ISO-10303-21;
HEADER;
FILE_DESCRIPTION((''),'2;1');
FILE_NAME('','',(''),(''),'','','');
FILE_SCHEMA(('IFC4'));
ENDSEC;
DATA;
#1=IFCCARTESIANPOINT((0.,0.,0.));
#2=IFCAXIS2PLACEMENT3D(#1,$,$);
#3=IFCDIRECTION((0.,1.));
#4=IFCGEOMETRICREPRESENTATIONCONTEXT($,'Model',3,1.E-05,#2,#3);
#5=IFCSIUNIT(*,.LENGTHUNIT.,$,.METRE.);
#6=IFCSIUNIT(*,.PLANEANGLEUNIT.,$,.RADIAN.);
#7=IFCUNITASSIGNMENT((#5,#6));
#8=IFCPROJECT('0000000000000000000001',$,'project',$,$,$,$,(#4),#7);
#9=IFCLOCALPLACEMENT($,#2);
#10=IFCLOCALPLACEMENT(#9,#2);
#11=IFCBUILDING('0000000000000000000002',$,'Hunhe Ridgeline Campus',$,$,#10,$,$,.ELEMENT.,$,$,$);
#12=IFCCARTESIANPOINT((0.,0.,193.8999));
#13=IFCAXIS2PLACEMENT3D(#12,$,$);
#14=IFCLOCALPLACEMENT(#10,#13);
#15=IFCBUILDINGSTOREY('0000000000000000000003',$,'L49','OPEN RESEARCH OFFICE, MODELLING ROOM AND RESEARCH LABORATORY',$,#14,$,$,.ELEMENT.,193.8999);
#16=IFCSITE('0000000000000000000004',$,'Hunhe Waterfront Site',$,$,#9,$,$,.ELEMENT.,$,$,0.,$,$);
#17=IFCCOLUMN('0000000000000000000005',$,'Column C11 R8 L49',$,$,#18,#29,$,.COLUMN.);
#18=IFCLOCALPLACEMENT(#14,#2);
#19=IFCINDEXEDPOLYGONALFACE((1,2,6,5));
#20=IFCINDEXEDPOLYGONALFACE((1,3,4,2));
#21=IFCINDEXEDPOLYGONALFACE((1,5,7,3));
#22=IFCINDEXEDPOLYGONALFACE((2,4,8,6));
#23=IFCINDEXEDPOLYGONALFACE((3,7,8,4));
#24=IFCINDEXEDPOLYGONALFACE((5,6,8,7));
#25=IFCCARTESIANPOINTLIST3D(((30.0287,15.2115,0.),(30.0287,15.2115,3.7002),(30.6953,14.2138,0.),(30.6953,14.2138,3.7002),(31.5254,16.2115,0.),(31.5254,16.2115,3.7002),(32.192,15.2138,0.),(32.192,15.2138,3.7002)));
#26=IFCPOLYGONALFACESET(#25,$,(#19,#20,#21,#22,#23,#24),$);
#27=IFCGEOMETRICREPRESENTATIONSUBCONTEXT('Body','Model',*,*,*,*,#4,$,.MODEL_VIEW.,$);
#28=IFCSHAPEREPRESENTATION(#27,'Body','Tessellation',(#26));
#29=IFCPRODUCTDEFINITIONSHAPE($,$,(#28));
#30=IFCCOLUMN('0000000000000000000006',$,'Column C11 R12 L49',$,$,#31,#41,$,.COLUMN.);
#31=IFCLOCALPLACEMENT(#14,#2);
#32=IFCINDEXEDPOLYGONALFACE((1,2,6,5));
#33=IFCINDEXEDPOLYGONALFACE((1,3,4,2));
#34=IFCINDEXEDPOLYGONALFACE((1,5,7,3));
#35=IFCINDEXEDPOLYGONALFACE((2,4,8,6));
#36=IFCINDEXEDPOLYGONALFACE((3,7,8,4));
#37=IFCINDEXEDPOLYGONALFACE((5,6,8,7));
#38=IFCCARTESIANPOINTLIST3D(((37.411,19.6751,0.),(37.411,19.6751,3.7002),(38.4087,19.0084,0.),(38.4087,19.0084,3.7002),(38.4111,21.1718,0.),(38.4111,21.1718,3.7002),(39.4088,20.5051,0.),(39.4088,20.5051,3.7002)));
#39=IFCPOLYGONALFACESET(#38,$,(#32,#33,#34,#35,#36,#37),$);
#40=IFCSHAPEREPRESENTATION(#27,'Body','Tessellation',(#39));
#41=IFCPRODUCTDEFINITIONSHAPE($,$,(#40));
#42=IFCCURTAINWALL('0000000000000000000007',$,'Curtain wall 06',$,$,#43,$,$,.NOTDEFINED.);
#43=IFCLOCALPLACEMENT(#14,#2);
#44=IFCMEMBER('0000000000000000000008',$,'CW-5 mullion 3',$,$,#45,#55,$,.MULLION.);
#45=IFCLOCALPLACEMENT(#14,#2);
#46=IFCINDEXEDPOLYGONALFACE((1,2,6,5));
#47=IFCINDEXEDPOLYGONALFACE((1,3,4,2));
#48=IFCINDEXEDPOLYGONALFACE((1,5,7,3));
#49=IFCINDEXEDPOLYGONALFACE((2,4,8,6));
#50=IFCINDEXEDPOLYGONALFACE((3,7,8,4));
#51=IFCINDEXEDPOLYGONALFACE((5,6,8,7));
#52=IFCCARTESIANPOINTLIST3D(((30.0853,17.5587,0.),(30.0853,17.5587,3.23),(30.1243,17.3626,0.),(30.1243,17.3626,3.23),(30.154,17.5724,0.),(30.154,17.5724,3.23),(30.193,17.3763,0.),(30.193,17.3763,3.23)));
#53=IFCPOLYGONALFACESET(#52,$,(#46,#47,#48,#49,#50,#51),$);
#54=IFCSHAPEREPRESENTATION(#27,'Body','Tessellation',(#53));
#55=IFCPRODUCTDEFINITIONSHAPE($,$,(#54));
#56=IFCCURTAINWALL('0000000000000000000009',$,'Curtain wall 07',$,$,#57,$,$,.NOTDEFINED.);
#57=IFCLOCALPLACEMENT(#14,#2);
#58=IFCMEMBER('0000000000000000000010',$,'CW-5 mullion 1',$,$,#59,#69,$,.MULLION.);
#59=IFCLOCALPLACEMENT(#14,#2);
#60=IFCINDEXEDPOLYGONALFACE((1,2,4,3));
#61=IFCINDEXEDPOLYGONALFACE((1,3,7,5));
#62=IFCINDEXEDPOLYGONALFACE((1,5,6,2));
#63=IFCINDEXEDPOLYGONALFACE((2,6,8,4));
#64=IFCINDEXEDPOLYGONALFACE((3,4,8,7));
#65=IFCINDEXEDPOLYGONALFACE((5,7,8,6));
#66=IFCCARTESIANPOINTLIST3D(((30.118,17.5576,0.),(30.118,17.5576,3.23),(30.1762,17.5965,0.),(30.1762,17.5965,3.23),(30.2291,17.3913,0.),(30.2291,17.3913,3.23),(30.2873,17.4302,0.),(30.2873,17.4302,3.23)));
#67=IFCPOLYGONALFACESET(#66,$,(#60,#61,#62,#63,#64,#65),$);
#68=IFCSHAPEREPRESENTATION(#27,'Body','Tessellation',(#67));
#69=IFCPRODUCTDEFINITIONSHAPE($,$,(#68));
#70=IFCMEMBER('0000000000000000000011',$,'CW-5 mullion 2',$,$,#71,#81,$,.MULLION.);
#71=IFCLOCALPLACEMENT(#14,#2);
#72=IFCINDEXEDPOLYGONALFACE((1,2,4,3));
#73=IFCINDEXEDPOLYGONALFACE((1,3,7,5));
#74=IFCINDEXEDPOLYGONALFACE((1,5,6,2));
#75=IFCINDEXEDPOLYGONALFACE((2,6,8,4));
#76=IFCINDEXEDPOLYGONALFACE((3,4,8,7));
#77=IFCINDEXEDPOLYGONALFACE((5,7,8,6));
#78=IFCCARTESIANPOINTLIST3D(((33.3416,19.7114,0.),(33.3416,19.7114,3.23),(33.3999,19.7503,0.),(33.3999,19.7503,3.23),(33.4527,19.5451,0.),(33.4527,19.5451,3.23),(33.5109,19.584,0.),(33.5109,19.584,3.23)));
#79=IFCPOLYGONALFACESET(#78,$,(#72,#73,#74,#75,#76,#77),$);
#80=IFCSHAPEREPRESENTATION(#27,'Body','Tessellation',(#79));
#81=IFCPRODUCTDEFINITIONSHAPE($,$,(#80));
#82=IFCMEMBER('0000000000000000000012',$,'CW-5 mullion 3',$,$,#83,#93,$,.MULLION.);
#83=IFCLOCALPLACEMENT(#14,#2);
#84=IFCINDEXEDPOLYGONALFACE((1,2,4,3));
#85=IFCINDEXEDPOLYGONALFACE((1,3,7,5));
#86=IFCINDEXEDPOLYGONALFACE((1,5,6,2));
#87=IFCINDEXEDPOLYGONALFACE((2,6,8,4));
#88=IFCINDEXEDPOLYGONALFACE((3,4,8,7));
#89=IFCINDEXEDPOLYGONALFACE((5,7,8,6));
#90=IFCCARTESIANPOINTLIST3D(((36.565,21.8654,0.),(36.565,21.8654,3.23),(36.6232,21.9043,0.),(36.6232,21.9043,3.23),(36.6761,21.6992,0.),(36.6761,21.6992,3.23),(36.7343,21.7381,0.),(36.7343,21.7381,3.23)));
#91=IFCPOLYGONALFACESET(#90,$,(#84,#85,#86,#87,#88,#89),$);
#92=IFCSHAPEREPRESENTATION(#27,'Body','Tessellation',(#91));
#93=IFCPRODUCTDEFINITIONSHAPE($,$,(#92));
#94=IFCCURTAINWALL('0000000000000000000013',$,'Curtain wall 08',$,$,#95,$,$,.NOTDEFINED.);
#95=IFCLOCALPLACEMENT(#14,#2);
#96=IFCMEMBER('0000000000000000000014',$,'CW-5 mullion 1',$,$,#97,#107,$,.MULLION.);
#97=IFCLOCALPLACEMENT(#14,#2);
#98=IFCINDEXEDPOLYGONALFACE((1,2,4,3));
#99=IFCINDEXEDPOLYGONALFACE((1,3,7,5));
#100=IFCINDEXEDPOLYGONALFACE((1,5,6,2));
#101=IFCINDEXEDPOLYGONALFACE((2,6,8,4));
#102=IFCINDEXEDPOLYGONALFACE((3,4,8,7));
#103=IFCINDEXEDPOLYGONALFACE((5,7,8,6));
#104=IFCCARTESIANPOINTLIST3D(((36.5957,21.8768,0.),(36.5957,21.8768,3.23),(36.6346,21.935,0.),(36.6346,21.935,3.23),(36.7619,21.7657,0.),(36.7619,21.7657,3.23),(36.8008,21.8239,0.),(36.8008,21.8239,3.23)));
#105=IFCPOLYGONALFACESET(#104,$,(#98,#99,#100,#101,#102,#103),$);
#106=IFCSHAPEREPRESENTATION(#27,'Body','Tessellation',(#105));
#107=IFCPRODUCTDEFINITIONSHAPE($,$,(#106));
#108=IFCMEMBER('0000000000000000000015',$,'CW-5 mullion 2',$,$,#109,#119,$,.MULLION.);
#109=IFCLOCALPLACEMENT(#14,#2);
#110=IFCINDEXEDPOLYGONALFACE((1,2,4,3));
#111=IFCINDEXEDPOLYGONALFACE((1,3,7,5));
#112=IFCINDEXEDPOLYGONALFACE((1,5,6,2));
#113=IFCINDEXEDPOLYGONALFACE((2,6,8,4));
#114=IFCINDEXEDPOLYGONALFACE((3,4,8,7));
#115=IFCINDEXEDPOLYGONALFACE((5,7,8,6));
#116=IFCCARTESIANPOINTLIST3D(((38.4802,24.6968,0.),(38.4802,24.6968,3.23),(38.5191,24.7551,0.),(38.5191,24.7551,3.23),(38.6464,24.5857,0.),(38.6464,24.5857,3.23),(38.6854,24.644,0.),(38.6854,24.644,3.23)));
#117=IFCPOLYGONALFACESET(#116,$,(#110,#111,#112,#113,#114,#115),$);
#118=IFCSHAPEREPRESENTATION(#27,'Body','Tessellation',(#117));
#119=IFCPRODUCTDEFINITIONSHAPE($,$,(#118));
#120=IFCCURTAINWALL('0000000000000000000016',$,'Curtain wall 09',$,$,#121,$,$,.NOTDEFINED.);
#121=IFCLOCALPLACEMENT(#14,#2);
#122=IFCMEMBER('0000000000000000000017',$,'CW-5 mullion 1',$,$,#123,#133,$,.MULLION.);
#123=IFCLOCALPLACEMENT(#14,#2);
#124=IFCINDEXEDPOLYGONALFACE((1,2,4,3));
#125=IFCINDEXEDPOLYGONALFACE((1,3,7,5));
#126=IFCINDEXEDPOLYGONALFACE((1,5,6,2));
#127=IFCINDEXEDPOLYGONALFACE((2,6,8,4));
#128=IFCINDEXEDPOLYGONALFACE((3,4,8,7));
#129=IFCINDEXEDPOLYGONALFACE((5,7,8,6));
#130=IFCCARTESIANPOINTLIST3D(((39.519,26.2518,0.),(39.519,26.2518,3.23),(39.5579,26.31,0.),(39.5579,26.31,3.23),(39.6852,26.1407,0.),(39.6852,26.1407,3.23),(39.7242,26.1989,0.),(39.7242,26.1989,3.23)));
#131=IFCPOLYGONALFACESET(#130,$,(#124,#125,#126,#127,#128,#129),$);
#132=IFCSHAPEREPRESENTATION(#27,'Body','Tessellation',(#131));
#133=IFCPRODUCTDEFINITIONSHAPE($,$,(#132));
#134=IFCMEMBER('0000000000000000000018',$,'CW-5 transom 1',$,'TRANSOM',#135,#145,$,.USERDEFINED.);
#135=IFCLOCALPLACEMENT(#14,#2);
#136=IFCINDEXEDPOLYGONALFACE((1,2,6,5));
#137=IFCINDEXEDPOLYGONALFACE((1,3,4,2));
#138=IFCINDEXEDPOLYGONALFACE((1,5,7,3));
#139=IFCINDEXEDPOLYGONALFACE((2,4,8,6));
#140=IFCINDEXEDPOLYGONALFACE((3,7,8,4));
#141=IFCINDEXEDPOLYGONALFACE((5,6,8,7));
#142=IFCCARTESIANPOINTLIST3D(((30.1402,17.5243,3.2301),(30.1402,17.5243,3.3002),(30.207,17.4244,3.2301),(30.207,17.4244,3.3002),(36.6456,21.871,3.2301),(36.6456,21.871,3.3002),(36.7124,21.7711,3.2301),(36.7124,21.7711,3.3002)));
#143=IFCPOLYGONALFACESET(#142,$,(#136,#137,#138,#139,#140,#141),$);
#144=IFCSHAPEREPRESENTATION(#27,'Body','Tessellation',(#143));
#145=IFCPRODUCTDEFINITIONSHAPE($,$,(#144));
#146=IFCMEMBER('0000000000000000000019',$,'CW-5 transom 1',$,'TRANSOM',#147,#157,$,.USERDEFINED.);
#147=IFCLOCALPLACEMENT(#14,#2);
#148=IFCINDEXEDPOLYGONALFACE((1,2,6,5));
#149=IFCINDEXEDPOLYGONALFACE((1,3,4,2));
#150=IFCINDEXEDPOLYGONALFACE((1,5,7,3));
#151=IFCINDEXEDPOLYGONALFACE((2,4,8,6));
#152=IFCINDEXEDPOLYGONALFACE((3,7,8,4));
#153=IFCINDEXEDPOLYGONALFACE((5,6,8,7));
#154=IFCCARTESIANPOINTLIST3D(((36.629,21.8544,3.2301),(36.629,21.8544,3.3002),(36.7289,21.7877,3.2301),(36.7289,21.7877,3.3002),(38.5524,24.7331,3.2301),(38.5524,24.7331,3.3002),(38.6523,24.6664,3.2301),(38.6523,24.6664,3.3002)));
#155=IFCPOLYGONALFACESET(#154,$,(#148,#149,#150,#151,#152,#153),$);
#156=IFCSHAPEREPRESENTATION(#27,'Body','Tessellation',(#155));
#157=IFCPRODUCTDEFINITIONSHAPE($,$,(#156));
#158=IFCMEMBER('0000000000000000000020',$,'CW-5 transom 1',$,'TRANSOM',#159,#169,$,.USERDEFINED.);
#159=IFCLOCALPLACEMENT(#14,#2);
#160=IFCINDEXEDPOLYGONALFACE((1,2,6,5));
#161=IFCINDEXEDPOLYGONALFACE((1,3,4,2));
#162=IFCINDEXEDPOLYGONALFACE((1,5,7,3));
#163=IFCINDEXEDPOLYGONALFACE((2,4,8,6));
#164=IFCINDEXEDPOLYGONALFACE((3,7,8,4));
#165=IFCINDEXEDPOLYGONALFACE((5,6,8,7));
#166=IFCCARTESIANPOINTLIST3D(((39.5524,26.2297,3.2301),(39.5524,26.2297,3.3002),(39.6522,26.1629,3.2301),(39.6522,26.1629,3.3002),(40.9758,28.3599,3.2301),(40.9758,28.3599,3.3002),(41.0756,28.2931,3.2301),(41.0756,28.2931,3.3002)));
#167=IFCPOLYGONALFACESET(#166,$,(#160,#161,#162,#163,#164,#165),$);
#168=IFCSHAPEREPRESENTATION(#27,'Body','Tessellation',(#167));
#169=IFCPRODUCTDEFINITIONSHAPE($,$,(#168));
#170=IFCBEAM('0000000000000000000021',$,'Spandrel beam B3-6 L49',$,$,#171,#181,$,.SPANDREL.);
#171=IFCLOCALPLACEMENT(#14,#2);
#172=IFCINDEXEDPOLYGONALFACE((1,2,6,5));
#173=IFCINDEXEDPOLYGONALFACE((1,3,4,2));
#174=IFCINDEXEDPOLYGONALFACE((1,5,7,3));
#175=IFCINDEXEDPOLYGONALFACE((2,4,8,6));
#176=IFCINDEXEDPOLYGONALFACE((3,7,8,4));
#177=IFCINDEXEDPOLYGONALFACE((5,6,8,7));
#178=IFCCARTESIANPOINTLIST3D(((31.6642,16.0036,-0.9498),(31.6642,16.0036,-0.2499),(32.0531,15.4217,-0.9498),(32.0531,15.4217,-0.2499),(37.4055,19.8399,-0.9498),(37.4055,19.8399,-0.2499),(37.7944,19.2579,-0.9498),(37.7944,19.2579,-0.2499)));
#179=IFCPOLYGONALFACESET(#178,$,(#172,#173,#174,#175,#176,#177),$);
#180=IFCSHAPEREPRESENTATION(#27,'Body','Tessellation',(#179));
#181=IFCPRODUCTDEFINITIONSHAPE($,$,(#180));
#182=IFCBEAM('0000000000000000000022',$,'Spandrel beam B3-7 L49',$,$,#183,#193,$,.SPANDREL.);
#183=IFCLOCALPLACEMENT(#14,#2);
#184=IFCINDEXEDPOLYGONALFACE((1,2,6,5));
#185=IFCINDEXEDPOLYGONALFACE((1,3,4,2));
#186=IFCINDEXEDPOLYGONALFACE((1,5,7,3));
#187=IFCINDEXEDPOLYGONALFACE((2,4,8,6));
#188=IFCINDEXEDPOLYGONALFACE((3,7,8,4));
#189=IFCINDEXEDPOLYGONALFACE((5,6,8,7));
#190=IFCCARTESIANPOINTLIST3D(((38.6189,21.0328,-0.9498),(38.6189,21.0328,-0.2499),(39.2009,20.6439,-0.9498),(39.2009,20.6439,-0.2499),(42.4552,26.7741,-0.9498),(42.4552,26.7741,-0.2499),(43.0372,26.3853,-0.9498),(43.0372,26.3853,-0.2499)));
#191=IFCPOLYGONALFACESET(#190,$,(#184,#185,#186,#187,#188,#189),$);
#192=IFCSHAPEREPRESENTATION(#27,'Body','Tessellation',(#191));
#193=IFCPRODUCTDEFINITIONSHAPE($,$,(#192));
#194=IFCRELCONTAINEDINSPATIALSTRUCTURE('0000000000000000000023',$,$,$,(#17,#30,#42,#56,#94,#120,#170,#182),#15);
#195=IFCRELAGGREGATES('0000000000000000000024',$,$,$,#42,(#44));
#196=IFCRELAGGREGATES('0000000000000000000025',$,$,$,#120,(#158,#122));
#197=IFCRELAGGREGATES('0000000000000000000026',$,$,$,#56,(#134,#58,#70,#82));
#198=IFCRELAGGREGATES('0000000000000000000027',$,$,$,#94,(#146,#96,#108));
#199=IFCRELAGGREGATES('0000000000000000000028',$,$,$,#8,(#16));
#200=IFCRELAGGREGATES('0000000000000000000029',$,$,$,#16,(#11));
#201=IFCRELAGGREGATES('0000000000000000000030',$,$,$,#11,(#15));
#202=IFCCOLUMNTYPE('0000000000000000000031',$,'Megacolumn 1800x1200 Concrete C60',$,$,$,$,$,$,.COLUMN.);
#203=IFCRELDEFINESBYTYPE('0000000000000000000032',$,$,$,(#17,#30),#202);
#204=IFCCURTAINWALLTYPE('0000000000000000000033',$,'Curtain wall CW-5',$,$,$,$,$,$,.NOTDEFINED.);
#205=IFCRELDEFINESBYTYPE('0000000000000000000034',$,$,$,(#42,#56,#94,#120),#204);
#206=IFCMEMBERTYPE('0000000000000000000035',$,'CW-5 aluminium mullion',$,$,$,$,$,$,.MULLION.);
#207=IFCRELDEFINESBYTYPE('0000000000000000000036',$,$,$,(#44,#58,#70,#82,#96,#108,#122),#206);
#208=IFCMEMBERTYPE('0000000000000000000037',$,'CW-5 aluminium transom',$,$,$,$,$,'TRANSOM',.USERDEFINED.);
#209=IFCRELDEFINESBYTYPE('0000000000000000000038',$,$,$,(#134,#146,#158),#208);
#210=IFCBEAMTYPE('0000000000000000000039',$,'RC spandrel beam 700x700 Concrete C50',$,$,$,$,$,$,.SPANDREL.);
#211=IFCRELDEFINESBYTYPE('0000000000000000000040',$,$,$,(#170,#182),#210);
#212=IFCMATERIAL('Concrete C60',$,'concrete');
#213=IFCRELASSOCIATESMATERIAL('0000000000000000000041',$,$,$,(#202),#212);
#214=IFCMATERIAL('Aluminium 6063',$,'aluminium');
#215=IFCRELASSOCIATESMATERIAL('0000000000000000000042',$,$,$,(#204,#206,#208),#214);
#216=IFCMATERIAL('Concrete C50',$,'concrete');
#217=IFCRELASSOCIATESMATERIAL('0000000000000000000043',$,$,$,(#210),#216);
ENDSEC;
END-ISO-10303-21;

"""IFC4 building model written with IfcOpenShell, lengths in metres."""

from ifc_helpers import new_model, si_unit, direction, frame, origin, origin_2d, place, context, subcontext, project, spatial, rectangle, extrude, material, material_profile, profile_set, type_object, element, aggregate, save


model = new_model("IFC4")

# Units and contexts
model_context = context("Model", 3, precision=1e-05, world=origin(), true_north=direction((0.0, 1.0)))
body_context = subcontext(model_context, "Body", "Model", "MODEL_VIEW")
ifc_project = project(units=[si_unit("LENGTHUNIT", "METRE"), si_unit("PLANEANGLEUNIT", "RADIAN")], contexts=[model_context])

# Site, building, storey
site_placement = place(None, origin())
site = spatial("IfcSite", under=ifc_project, at=site_placement, Name="Hunhe Waterfront Site", CompositionType="ELEMENT", RefElevation=0.0)
building_placement = place(site_placement, origin())
building = spatial("IfcBuilding", under=site, at=building_placement, Name="Hunhe Ridgeline Campus", CompositionType="ELEMENT")
storey_placement = place(building_placement, frame((0.0, 0.0, 193.8999)))
storey = spatial("IfcBuildingStorey", under=building, at=storey_placement, Name="L49", Description="OPEN RESEARCH OFFICE, MODELLING ROOM AND RESEARCH LABORATORY", CompositionType="ELEMENT", Elevation=193.8999)

# Columns
ifc_material_1 = material(Name="Concrete C60", Category="concrete")
ifc_material_profile_1 = material_profile(ifc_material_1, rectangle(XDim=1.8, YDim=1.2, at=origin_2d()))
ifc_profile_set_1 = profile_set([ifc_material_profile_1], Name="Concrete C60")
column_type = type_object("IfcColumnType", Name="Megacolumn 1800x1200 Concrete C60", PredefinedType="COLUMN", material=ifc_profile_set_1)
for number, where, z_axis, x_axis, name in (
    (1, (31.1104, 15.2126, 0.0), (0.0, 0.0, 1.0), (0.83147, 0.55557, 0.0), "Column C11 R8 L49"),
    (2, (38.4099, 20.0901, 0.0), (0.0, 0.0, 1.0), (0.55557, 0.83147, 0.0), "Column C11 R12 L49"),
):
    element("IfcColumn", number, at=place(storey_placement, frame(where, z_axis=z_axis, x_axis=x_axis)), inside=storey, type_object=column_type, Name=name, PredefinedType="COLUMN", context=body_context, shape_type="SweptSolid", body=[
        extrude(rectangle(XDim=1.8, YDim=1.2, at=origin_2d()), origin(), (0.0, 0.0, 1.0), 3.7002),
    ])

# Curtain wall, member
ifc_material_2 = material(Name="Aluminium 6063", Category="aluminium")
curtain_wall_type = type_object("IfcCurtainWallType", Name="Curtain wall CW-5", PredefinedType="NOTDEFINED", material=ifc_material_2)
curtain_wall_1_placement = place(storey_placement, origin())
curtain_wall_1 = element("IfcCurtainWall", 3, at=curtain_wall_1_placement, inside=storey, type_object=curtain_wall_type, Name="Curtain wall 06", PredefinedType="NOTDEFINED")
ifc_material_profile_2 = material_profile(ifc_material_2, rectangle(XDim=0.2, YDim=0.0701, at=origin_2d()))
ifc_profile_set_2 = profile_set([ifc_material_profile_2], Name="Aluminium 6063")
member_type_1 = type_object("IfcMemberType", Name="CW-5 aluminium mullion", PredefinedType="MULLION", material=ifc_profile_set_2)
member_1_placement = place(storey_placement, frame((30.1392, 17.4675, 0.0), z_axis=(0.0, 0.0, 1.0), x_axis=(-0.19509, 0.980785, 0.0)))
member_1 = element("IfcMember", 4, at=member_1_placement, type_object=member_type_1, Name="CW-5 mullion 3", PredefinedType="MULLION", context=body_context, shape_type="SweptSolid", body=[
    extrude(rectangle(XDim=0.2, YDim=0.0701, at=origin_2d()), origin(), (0.0, 0.0, 1.0), 3.23),
])
aggregate(curtain_wall_1, [member_1])

# Curtain walls, members
curtain_wall_2_placement = place(storey_placement, origin())
curtain_wall_2 = element("IfcCurtainWall", 5, at=curtain_wall_2_placement, inside=storey, type_object=curtain_wall_type, Name="Curtain wall 07", PredefinedType="NOTDEFINED")
member_2_placement = place(storey_placement, frame((30.2026, 17.4939, 0.0), z_axis=(0.0, 0.0, 1.0), x_axis=(-0.55557, 0.83147, 0.0)))
member_2 = element("IfcMember", 6, at=member_2_placement, type_object=member_type_1, Name="CW-5 mullion 1", PredefinedType="MULLION", context=body_context, shape_type="SweptSolid", body=[
    extrude(rectangle(XDim=0.2, YDim=0.0701, at=origin_2d()), origin(), (0.0, 0.0, 1.0), 3.23),
])
member_3_placement = place(storey_placement, frame((33.4263, 19.6477, 0.0), z_axis=(0.0, 0.0, 1.0), x_axis=(-0.55557, 0.83147, 0.0)))
member_3 = element("IfcMember", 7, at=member_3_placement, type_object=member_type_1, Name="CW-5 mullion 2", PredefinedType="MULLION", context=body_context, shape_type="SweptSolid", body=[
    extrude(rectangle(XDim=0.2, YDim=0.0701, at=origin_2d()), origin(), (0.0, 0.0, 1.0), 3.23),
])
member_4_placement = place(storey_placement, frame((36.6497, 21.8018, 0.0), z_axis=(0.0, 0.0, 1.0), x_axis=(-0.55557, 0.83147, 0.0)))
member_4 = element("IfcMember", 8, at=member_4_placement, type_object=member_type_1, Name="CW-5 mullion 3", PredefinedType="MULLION", context=body_context, shape_type="SweptSolid", body=[
    extrude(rectangle(XDim=0.2, YDim=0.0701, at=origin_2d()), origin(), (0.0, 0.0, 1.0), 3.23),
])
curtain_wall_3_placement = place(storey_placement, origin())
curtain_wall_3 = element("IfcCurtainWall", 9, at=curtain_wall_3_placement, inside=storey, type_object=curtain_wall_type, Name="Curtain wall 08", PredefinedType="NOTDEFINED")
member_5_placement = place(storey_placement, frame((36.6982, 21.8503, 0.0), z_axis=(0.0, 0.0, 1.0), x_axis=(-0.83147, 0.55557, 0.0)))
member_5 = element("IfcMember", 10, at=member_5_placement, type_object=member_type_1, Name="CW-5 mullion 1", PredefinedType="MULLION", context=body_context, shape_type="SweptSolid", body=[
    extrude(rectangle(XDim=0.2, YDim=0.0701, at=origin_2d()), origin(), (0.0, 0.0, 1.0), 3.23),
])
member_6_placement = place(storey_placement, frame((38.5828, 24.6704, 0.0), z_axis=(0.0, 0.0, 1.0), x_axis=(-0.83147, 0.55557, 0.0)))
member_6 = element("IfcMember", 11, at=member_6_placement, type_object=member_type_1, Name="CW-5 mullion 2", PredefinedType="MULLION", context=body_context, shape_type="SweptSolid", body=[
    extrude(rectangle(XDim=0.2, YDim=0.0701, at=origin_2d()), origin(), (0.0, 0.0, 1.0), 3.23),
])

# Curtain wall, member
curtain_wall_4_placement = place(storey_placement, origin())
curtain_wall_4 = element("IfcCurtainWall", 12, at=curtain_wall_4_placement, inside=storey, type_object=curtain_wall_type, Name="Curtain wall 09", PredefinedType="NOTDEFINED")
member_7_placement = place(storey_placement, frame((39.6216, 26.2253, 0.0), z_axis=(0.0, 0.0, 1.0), x_axis=(-0.83147, 0.55557, 0.0)))
member_7 = element("IfcMember", 13, at=member_7_placement, type_object=member_type_1, Name="CW-5 mullion 1", PredefinedType="MULLION", context=body_context, shape_type="SweptSolid", body=[
    extrude(rectangle(XDim=0.2, YDim=0.0701, at=origin_2d()), origin(), (0.0, 0.0, 1.0), 3.23),
])

# Members
ifc_material_profile_3 = material_profile(ifc_material_2, rectangle(XDim=0.1201, YDim=0.0701, at=origin_2d()))
ifc_profile_set_3 = profile_set([ifc_material_profile_3], Name="Aluminium 6063")
member_type_2 = type_object("IfcMemberType", Name="CW-5 aluminium transom", ElementType="TRANSOM", PredefinedType="USERDEFINED", material=ifc_profile_set_3)
member_8_placement = place(storey_placement, frame((30.1736, 17.4744, 3.2651), z_axis=(0.831474, 0.555564, 0.0), x_axis=(-0.555564, 0.831474, 0.0)))
member_8 = element("IfcMember", 14, at=member_8_placement, type_object=member_type_2, Name="CW-5 transom 1", ObjectType="TRANSOM", PredefinedType="USERDEFINED", context=body_context, shape_type="SweptSolid", body=[
    extrude(rectangle(XDim=0.1201, YDim=0.0701, at=origin_2d()), origin(), (0.0, 0.0, 1.0), 7.824),
])
member_9_placement = place(storey_placement, frame((36.679, 21.821, 3.2651), z_axis=(0.555546, 0.831486, 0.0), x_axis=(-0.831486, 0.555546, 0.0)))
member_9 = element("IfcMember", 15, at=member_9_placement, type_object=member_type_2, Name="CW-5 transom 1", ObjectType="TRANSOM", PredefinedType="USERDEFINED", context=body_context, shape_type="SweptSolid", body=[
    extrude(rectangle(XDim=0.1201, YDim=0.0701, at=origin_2d()), origin(), (0.0, 0.0, 1.0), 3.4622),
])
member_10_placement = place(storey_placement, frame((39.6023, 26.1963, 3.2651), z_axis=(0.55558, 0.831463, 0.0), x_axis=(-0.831463, 0.55558, 0.0)))
member_10 = element("IfcMember", 16, at=member_10_placement, type_object=member_type_2, Name="CW-5 transom 1", ObjectType="TRANSOM", PredefinedType="USERDEFINED", context=body_context, shape_type="SweptSolid", body=[
    extrude(rectangle(XDim=0.1201, YDim=0.0701, at=origin_2d()), origin(), (0.0, 0.0, 1.0), 2.562),
])
aggregate(curtain_wall_4, [member_10, member_7])

# Beams
ifc_material_3 = material(Name="Concrete C50", Category="concrete")
ifc_material_profile_4 = material_profile(ifc_material_3, rectangle(XDim=0.7, YDim=0.7, at=origin_2d()))
ifc_profile_set_4 = profile_set([ifc_material_profile_4], Name="Concrete C50")
beam_type = type_object("IfcBeamType", Name="RC spandrel beam 700x700 Concrete C50", PredefinedType="SPANDREL", material=ifc_profile_set_4)
for number, where, z_axis, x_axis, name in (
    (17, (31.8586, 15.7126, -0.5999), (0.831468, 0.555573, 0.0), (-0.555573, 0.831468, 0.0), "Spandrel beam B3-6 L49"),
    (18, (38.9099, 20.8384, -0.5999), (0.555573, 0.831468, 0.0), (-0.831468, 0.555573, 0.0), "Spandrel beam B3-7 L49"),
):
    element("IfcBeam", number, at=place(storey_placement, frame(where, z_axis=z_axis, x_axis=x_axis)), inside=storey, type_object=beam_type, Name=name, PredefinedType="SPANDREL", context=body_context, shape_type="SweptSolid", body=[
        extrude(rectangle(XDim=0.7, YDim=0.7, at=origin_2d()), origin(), (0.0, 0.0, 1.0), 6.905),
    ])

aggregate(curtain_wall_2, [member_8, member_2, member_3, member_4])
aggregate(curtain_wall_3, [member_9, member_5, member_6])

save(model, "model.ifc")
